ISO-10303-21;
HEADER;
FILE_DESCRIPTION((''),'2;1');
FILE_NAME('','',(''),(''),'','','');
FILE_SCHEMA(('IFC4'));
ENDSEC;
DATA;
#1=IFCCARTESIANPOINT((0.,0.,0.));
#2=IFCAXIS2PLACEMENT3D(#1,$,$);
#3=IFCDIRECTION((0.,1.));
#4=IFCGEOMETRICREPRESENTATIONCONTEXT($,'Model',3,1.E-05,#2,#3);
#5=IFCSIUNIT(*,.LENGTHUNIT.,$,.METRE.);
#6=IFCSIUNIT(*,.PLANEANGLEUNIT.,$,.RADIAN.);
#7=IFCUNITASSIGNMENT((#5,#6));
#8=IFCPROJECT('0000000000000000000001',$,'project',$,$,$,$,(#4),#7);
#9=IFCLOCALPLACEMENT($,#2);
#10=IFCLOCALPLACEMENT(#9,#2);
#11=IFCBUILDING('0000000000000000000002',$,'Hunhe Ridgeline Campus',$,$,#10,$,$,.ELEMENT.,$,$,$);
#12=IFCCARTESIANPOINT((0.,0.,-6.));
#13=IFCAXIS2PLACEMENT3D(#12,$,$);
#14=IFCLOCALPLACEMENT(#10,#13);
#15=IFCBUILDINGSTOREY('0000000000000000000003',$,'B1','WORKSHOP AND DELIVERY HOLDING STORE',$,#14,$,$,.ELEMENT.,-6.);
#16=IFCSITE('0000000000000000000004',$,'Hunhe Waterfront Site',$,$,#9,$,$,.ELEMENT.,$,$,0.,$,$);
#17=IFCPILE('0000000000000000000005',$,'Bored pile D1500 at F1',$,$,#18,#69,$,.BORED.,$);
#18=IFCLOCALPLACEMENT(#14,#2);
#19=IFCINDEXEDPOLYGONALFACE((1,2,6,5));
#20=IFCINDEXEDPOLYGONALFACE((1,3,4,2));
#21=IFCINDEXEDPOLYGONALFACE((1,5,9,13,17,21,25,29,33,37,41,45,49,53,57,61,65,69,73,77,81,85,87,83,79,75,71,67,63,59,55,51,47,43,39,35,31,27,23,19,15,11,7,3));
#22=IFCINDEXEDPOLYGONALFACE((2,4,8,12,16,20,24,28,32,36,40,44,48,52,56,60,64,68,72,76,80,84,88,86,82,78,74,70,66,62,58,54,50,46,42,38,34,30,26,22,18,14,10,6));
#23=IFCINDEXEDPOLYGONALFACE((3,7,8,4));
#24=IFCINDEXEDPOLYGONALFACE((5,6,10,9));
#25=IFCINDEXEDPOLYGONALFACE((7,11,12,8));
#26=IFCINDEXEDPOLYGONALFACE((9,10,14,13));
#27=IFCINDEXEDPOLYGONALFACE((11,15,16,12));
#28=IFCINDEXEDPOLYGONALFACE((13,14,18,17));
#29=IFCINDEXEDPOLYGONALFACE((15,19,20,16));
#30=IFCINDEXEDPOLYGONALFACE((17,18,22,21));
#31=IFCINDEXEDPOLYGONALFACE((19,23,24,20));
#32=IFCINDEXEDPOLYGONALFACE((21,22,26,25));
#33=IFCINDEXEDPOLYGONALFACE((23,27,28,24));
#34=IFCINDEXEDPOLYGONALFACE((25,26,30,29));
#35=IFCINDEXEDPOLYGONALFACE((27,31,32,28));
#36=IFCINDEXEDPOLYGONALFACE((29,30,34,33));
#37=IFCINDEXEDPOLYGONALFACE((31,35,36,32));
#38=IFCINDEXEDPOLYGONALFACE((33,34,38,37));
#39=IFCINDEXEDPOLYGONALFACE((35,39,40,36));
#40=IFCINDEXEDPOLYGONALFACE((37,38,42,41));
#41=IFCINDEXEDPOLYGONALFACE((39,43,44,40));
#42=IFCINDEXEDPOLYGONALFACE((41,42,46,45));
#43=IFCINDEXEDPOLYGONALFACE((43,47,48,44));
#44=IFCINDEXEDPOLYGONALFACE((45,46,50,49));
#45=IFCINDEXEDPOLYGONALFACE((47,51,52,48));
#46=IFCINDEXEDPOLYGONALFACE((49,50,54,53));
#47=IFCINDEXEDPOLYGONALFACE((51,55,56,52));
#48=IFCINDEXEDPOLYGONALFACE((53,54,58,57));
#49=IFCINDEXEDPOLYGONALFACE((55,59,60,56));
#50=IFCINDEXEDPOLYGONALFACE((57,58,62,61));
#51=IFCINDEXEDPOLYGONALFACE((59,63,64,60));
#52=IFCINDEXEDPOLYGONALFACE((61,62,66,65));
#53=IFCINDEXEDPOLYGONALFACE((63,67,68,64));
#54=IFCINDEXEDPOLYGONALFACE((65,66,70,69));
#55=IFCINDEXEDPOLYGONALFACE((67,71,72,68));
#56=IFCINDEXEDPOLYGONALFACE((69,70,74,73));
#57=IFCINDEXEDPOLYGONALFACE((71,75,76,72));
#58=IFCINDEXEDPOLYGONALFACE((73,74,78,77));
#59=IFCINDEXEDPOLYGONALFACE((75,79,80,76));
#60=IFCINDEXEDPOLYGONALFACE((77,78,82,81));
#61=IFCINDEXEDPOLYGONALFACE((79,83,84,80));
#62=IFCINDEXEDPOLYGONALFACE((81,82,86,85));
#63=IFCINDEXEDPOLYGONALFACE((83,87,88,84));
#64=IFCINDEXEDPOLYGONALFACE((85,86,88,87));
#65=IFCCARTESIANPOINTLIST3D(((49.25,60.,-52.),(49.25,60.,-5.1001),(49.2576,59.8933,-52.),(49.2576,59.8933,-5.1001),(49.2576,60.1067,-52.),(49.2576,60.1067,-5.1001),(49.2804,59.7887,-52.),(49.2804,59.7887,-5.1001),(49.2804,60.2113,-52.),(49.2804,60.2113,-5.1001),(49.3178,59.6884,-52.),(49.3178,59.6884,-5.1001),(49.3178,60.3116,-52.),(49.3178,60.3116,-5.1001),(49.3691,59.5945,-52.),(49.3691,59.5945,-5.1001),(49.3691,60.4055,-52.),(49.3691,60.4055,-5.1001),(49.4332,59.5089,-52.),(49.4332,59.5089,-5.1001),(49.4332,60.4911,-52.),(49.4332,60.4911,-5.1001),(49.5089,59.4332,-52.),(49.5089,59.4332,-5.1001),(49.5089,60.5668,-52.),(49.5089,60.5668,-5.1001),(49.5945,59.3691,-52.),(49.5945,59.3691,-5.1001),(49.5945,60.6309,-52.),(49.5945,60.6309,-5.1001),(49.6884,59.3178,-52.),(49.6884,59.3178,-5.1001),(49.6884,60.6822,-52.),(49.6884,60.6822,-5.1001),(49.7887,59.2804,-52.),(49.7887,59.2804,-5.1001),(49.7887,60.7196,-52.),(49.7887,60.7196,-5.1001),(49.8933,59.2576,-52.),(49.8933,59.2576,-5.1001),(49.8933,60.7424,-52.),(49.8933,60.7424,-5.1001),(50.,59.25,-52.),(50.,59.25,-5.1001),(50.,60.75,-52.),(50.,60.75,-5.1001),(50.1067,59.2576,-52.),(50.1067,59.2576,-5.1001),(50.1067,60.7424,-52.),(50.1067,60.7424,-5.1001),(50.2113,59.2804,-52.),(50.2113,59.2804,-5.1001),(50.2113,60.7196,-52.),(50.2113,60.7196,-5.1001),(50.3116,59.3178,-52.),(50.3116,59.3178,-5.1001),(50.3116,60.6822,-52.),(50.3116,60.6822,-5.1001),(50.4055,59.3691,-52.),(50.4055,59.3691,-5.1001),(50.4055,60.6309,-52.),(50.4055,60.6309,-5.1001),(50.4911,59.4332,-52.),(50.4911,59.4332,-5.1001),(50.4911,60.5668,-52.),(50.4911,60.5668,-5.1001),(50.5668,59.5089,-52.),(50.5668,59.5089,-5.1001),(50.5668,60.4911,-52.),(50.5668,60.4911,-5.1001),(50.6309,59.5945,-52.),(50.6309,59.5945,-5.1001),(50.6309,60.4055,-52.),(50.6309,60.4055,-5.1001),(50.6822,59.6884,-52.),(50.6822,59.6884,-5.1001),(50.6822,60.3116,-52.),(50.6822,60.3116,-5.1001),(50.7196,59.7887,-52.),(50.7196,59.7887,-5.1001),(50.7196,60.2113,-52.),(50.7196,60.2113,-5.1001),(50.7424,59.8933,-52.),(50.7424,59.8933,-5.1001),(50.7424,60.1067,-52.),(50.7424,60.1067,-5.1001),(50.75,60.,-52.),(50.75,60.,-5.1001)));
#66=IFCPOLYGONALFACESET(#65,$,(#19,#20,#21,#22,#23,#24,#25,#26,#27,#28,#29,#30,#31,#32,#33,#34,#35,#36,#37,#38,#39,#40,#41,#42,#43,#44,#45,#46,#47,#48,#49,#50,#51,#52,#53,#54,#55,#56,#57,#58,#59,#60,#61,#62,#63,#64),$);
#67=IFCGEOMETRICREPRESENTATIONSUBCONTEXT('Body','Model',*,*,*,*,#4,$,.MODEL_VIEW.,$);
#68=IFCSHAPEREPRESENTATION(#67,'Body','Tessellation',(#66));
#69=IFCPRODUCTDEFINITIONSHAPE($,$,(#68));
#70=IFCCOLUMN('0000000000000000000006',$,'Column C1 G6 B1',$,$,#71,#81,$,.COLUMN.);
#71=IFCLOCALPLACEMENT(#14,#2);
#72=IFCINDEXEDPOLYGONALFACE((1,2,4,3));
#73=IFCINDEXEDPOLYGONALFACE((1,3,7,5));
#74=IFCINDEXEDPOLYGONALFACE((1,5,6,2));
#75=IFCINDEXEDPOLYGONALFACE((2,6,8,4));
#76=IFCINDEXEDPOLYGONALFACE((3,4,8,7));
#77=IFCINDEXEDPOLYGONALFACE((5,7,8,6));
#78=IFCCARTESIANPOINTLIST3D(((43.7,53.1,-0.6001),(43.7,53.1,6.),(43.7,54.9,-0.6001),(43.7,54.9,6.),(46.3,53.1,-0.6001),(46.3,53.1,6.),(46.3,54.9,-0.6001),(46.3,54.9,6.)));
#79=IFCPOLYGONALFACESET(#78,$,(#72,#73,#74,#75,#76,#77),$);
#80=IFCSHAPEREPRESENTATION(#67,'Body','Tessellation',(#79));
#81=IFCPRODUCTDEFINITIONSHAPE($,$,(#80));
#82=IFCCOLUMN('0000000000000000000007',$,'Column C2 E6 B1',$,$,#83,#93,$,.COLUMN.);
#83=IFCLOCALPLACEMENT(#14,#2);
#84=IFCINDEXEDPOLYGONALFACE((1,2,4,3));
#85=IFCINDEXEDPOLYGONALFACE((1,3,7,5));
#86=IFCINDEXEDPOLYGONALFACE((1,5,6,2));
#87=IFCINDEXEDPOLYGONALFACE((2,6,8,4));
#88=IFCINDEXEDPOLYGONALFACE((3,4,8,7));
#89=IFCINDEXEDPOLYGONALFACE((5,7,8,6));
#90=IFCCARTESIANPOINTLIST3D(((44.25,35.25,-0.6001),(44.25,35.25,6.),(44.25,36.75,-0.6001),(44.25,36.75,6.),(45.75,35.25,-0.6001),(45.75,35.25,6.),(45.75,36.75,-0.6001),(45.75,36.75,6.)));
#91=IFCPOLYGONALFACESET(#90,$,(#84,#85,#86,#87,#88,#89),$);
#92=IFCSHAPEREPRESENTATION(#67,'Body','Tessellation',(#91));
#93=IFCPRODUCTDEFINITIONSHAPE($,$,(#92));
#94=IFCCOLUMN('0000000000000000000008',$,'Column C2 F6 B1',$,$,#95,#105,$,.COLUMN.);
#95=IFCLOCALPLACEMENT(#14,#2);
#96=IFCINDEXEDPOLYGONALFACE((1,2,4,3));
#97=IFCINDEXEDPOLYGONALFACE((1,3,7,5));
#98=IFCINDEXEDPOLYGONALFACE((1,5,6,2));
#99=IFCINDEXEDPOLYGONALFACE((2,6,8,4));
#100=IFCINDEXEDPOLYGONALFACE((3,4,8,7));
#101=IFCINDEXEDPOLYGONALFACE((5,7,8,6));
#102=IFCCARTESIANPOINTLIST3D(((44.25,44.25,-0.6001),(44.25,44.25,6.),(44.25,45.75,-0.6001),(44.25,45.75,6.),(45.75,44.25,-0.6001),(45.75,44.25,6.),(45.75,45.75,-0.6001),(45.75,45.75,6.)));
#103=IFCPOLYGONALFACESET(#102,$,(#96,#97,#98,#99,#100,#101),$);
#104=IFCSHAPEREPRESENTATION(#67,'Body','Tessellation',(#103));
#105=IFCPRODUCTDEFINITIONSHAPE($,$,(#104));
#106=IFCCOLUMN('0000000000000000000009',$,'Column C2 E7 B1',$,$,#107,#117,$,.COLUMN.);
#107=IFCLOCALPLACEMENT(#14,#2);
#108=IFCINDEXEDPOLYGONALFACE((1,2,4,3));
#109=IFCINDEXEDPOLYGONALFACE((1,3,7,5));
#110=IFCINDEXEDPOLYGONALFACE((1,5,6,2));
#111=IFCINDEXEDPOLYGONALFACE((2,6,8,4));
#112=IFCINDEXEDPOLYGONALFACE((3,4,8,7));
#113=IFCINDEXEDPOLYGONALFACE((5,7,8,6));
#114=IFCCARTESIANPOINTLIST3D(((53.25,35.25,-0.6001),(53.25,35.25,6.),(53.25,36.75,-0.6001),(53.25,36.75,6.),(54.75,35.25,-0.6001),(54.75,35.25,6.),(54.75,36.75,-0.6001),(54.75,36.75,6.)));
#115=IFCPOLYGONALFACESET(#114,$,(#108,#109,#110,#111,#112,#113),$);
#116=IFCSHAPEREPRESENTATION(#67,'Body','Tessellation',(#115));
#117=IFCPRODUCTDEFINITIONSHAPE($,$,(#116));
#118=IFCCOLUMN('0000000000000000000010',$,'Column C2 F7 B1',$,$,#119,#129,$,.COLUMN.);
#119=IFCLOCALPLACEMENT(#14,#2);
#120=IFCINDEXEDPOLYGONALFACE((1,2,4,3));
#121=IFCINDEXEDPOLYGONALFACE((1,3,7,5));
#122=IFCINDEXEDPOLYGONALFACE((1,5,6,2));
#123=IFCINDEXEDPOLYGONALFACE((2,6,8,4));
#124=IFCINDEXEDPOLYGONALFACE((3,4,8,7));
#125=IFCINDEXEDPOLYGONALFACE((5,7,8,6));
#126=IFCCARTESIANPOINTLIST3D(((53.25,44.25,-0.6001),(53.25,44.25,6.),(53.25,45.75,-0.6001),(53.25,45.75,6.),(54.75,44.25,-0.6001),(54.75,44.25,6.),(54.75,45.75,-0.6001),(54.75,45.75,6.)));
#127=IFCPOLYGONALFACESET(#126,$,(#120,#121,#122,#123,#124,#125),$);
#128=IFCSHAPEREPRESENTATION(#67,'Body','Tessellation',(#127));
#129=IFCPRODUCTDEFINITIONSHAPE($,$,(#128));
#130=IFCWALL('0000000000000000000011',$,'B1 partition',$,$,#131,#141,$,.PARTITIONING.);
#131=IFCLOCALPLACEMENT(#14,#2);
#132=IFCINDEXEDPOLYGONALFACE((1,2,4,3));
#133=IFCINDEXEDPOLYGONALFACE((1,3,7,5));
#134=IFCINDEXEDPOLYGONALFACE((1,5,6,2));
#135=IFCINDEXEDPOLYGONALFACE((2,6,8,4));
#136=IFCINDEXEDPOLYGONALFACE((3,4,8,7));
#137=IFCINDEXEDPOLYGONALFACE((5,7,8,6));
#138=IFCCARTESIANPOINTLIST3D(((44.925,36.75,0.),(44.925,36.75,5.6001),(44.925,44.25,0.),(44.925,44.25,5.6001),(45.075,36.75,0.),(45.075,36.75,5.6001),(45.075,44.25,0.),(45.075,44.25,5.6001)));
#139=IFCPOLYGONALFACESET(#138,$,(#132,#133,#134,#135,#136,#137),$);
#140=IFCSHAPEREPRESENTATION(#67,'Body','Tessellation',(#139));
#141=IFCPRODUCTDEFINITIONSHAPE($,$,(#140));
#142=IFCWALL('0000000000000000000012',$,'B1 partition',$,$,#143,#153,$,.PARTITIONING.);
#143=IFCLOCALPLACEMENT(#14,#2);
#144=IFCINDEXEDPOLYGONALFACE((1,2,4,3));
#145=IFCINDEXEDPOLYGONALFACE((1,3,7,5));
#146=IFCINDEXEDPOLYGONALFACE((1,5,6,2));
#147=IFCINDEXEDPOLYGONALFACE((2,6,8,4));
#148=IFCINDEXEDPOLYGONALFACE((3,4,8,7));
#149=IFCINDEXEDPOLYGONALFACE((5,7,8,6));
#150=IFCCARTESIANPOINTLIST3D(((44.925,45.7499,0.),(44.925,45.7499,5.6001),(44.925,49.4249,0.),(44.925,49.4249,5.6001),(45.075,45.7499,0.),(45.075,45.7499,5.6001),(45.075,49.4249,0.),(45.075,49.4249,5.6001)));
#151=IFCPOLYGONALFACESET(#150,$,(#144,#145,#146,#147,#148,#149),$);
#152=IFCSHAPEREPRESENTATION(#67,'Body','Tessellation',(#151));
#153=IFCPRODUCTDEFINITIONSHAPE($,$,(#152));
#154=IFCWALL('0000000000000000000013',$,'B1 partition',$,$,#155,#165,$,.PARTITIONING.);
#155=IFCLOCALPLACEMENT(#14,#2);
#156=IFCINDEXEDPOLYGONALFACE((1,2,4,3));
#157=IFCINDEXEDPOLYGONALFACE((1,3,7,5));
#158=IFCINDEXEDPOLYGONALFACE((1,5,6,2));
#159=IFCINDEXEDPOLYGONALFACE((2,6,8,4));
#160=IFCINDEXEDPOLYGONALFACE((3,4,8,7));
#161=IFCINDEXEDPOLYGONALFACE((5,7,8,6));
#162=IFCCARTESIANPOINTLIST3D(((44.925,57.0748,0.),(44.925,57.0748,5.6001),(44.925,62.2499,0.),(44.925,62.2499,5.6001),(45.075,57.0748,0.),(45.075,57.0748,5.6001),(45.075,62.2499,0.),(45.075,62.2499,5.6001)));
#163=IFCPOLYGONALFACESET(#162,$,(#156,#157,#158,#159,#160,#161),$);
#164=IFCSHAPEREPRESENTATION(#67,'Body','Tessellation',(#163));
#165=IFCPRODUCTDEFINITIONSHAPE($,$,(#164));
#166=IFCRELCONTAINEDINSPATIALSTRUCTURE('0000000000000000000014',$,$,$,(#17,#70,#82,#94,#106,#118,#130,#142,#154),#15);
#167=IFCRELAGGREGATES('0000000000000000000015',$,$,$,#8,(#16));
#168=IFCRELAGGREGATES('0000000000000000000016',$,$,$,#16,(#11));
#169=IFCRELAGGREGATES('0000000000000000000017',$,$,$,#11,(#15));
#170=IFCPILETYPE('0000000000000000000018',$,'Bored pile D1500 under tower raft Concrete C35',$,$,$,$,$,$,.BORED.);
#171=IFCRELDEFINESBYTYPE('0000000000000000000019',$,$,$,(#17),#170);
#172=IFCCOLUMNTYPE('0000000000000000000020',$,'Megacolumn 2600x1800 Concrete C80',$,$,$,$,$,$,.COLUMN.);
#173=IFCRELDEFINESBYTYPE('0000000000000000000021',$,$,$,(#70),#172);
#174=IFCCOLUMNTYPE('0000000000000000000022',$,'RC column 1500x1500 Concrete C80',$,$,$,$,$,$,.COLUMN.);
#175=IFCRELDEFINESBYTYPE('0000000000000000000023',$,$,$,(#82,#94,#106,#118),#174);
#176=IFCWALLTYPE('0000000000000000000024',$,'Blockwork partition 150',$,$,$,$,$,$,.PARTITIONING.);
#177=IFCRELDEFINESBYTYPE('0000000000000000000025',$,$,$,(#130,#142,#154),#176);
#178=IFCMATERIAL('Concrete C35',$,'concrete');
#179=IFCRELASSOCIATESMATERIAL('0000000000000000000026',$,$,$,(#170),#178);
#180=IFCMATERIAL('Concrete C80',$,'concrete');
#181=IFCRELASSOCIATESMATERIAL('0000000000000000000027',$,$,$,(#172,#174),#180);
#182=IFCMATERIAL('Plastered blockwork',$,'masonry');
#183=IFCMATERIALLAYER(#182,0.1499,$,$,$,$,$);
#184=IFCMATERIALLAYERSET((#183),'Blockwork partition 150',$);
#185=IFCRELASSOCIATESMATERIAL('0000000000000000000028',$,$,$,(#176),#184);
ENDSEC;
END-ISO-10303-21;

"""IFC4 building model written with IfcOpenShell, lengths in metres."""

from ifc_helpers import new_model, si_unit, direction, frame, frame_2d, origin, origin_2d, place, context, subcontext, project, spatial, rectangle, circle, extrude, material, layer, layer_set, material_profile, profile_set, type_object, element, save


model = new_model("IFC4")

# Units and contexts
model_context = context("Model", 3, precision=1e-05, world=origin(), true_north=direction((0.0, 1.0)))
body_context = subcontext(model_context, "Body", "Model", "MODEL_VIEW")
ifc_project = project(units=[si_unit("LENGTHUNIT", "METRE"), si_unit("PLANEANGLEUNIT", "RADIAN")], contexts=[model_context])

# Site, building, storey
site_placement = place(None, origin())
site = spatial("IfcSite", under=ifc_project, at=site_placement, Name="Hunhe Waterfront Site", CompositionType="ELEMENT", RefElevation=0.0)
building_placement = place(site_placement, origin())
building = spatial("IfcBuilding", under=site, at=building_placement, Name="Hunhe Ridgeline Campus", CompositionType="ELEMENT")
storey_placement = place(building_placement, frame((0.0, 0.0, -6.0)))
storey = spatial("IfcBuildingStorey", under=building, at=storey_placement, Name="B1", Description="WORKSHOP AND DELIVERY HOLDING STORE", CompositionType="ELEMENT", Elevation=-6.0)

# Pile
ifc_material_1 = material(Name="Concrete C35", Category="concrete")
ifc_material_profile_1 = material_profile(ifc_material_1, circle(Radius=0.75, at=origin_2d()))
ifc_profile_set_1 = profile_set([ifc_material_profile_1], Name="Concrete C35")
pile_type_1 = type_object("IfcPileType", Name="Bored pile D1500 under tower raft Concrete C35", PredefinedType="BORED", material=ifc_profile_set_1)
for number, where, z_axis, x_axis, name in (
    (1, (50.0, 60.0, -5.1001), (0.0, 0.0, -1.0), (1.0, 0.0, 0.0), "Bored pile D1500 at F1"),
):
    element("IfcPile", number, at=place(storey_placement, frame(where, z_axis=z_axis, x_axis=x_axis)), inside=storey, type_object=pile_type_1, Name=name, PredefinedType="BORED", context=body_context, shape_type="SweptSolid", body=[
        extrude(circle(Radius=0.75, at=origin_2d()), origin(), (0.0, 0.0, 1.0), 46.8999),
    ])

# Columns
ifc_material_2 = material(Name="Concrete C80", Category="concrete")
ifc_material_profile_2 = material_profile(ifc_material_2, rectangle(XDim=2.6001, YDim=1.8, at=origin_2d()))
ifc_profile_set_2 = profile_set([ifc_material_profile_2], Name="Concrete C80")
column_type_1 = type_object("IfcColumnType", Name="Megacolumn 2600x1800 Concrete C80", PredefinedType="COLUMN", material=ifc_profile_set_2)
column_placement = place(storey_placement, frame((45.0, 54.0, -0.6001), z_axis=(0.0, 0.0, 1.0), x_axis=(1.0, 0.0, 0.0)))
element("IfcColumn", 2, at=column_placement, inside=storey, type_object=column_type_1, Name="Column C1 G6 B1", PredefinedType="COLUMN", context=body_context, shape_type="SweptSolid", body=[
    extrude(rectangle(XDim=2.6001, YDim=1.8, at=origin_2d()), origin(), (0.0, 0.0, 1.0), 6.6001),
])
ifc_material_profile_3 = material_profile(ifc_material_2, rectangle(XDim=1.5, YDim=1.5, at=origin_2d()))
ifc_profile_set_3 = profile_set([ifc_material_profile_3], Name="Concrete C80")
column_type_2 = type_object("IfcColumnType", Name="RC column 1500x1500 Concrete C80", PredefinedType="COLUMN", material=ifc_profile_set_3)
for number, where, z_axis, x_axis, name in (
    (3, (45.0, 36.0, -0.6001), (0.0, 0.0, 1.0), (1.0, 0.0, 0.0), "Column C2 E6 B1"),
    (4, (45.0, 45.0, -0.6001), (0.0, 0.0, 1.0), (1.0, 0.0, 0.0), "Column C2 F6 B1"),
    (5, (54.0, 36.0, -0.6001), (0.0, 0.0, 1.0), (1.0, 0.0, 0.0), "Column C2 E7 B1"),
    (6, (54.0, 45.0, -0.6001), (0.0, 0.0, 1.0), (1.0, 0.0, 0.0), "Column C2 F7 B1"),
):
    element("IfcColumn", number, at=place(storey_placement, frame(where, z_axis=z_axis, x_axis=x_axis)), inside=storey, type_object=column_type_2, Name=name, PredefinedType="COLUMN", context=body_context, shape_type="SweptSolid", body=[
        extrude(rectangle(XDim=1.5, YDim=1.5, at=origin_2d()), origin(), (0.0, 0.0, 1.0), 6.6001),
    ])

# Walls
ifc_material_3 = material(Name="Plastered blockwork", Category="masonry")
ifc_layer = layer(ifc_material_3, 0.1499)
ifc_layer_set = layer_set([ifc_layer], Name="Blockwork partition 150")
wall_type = type_object("IfcWallType", Name="Blockwork partition 150", PredefinedType="PARTITIONING", material=ifc_layer_set)
wall_1_placement = place(storey_placement, frame((45.0, 36.75, 0.0), z_axis=(0.0, 0.0, 1.0), x_axis=(0.0, 1.0, 0.0)))
element("IfcWall", 7, at=wall_1_placement, inside=storey, type_object=wall_type, Name="B1 partition", PredefinedType="PARTITIONING", context=body_context, shape_type="SweptSolid", body=[
    extrude(rectangle(XDim=7.5, YDim=0.1499, at=frame_2d((3.75, 0.0))), origin(), (0.0, 0.0, 1.0), 5.6001),
])
wall_2_placement = place(storey_placement, frame((45.0, 45.75, 0.0), z_axis=(0.0, 0.0, 1.0), x_axis=(0.0, 1.0, 0.0)))
element("IfcWall", 8, at=wall_2_placement, inside=storey, type_object=wall_type, Name="B1 partition", PredefinedType="PARTITIONING", context=body_context, shape_type="SweptSolid", body=[
    extrude(rectangle(XDim=3.675, YDim=0.1499, at=frame_2d((1.8374, 0.0))), origin(), (0.0, 0.0, 1.0), 5.6001),
])
wall_3_placement = place(storey_placement, frame((45.0, 57.075, 0.0), z_axis=(0.0, 0.0, 1.0), x_axis=(0.0, 1.0, 0.0)))
element("IfcWall", 9, at=wall_3_placement, inside=storey, type_object=wall_type, Name="B1 partition", PredefinedType="PARTITIONING", context=body_context, shape_type="SweptSolid", body=[
    extrude(rectangle(XDim=5.175, YDim=0.1499, at=frame_2d((2.5874, 0.0))), origin(), (0.0, 0.0, 1.0), 5.6001),
])

save(model, "model.ifc")
